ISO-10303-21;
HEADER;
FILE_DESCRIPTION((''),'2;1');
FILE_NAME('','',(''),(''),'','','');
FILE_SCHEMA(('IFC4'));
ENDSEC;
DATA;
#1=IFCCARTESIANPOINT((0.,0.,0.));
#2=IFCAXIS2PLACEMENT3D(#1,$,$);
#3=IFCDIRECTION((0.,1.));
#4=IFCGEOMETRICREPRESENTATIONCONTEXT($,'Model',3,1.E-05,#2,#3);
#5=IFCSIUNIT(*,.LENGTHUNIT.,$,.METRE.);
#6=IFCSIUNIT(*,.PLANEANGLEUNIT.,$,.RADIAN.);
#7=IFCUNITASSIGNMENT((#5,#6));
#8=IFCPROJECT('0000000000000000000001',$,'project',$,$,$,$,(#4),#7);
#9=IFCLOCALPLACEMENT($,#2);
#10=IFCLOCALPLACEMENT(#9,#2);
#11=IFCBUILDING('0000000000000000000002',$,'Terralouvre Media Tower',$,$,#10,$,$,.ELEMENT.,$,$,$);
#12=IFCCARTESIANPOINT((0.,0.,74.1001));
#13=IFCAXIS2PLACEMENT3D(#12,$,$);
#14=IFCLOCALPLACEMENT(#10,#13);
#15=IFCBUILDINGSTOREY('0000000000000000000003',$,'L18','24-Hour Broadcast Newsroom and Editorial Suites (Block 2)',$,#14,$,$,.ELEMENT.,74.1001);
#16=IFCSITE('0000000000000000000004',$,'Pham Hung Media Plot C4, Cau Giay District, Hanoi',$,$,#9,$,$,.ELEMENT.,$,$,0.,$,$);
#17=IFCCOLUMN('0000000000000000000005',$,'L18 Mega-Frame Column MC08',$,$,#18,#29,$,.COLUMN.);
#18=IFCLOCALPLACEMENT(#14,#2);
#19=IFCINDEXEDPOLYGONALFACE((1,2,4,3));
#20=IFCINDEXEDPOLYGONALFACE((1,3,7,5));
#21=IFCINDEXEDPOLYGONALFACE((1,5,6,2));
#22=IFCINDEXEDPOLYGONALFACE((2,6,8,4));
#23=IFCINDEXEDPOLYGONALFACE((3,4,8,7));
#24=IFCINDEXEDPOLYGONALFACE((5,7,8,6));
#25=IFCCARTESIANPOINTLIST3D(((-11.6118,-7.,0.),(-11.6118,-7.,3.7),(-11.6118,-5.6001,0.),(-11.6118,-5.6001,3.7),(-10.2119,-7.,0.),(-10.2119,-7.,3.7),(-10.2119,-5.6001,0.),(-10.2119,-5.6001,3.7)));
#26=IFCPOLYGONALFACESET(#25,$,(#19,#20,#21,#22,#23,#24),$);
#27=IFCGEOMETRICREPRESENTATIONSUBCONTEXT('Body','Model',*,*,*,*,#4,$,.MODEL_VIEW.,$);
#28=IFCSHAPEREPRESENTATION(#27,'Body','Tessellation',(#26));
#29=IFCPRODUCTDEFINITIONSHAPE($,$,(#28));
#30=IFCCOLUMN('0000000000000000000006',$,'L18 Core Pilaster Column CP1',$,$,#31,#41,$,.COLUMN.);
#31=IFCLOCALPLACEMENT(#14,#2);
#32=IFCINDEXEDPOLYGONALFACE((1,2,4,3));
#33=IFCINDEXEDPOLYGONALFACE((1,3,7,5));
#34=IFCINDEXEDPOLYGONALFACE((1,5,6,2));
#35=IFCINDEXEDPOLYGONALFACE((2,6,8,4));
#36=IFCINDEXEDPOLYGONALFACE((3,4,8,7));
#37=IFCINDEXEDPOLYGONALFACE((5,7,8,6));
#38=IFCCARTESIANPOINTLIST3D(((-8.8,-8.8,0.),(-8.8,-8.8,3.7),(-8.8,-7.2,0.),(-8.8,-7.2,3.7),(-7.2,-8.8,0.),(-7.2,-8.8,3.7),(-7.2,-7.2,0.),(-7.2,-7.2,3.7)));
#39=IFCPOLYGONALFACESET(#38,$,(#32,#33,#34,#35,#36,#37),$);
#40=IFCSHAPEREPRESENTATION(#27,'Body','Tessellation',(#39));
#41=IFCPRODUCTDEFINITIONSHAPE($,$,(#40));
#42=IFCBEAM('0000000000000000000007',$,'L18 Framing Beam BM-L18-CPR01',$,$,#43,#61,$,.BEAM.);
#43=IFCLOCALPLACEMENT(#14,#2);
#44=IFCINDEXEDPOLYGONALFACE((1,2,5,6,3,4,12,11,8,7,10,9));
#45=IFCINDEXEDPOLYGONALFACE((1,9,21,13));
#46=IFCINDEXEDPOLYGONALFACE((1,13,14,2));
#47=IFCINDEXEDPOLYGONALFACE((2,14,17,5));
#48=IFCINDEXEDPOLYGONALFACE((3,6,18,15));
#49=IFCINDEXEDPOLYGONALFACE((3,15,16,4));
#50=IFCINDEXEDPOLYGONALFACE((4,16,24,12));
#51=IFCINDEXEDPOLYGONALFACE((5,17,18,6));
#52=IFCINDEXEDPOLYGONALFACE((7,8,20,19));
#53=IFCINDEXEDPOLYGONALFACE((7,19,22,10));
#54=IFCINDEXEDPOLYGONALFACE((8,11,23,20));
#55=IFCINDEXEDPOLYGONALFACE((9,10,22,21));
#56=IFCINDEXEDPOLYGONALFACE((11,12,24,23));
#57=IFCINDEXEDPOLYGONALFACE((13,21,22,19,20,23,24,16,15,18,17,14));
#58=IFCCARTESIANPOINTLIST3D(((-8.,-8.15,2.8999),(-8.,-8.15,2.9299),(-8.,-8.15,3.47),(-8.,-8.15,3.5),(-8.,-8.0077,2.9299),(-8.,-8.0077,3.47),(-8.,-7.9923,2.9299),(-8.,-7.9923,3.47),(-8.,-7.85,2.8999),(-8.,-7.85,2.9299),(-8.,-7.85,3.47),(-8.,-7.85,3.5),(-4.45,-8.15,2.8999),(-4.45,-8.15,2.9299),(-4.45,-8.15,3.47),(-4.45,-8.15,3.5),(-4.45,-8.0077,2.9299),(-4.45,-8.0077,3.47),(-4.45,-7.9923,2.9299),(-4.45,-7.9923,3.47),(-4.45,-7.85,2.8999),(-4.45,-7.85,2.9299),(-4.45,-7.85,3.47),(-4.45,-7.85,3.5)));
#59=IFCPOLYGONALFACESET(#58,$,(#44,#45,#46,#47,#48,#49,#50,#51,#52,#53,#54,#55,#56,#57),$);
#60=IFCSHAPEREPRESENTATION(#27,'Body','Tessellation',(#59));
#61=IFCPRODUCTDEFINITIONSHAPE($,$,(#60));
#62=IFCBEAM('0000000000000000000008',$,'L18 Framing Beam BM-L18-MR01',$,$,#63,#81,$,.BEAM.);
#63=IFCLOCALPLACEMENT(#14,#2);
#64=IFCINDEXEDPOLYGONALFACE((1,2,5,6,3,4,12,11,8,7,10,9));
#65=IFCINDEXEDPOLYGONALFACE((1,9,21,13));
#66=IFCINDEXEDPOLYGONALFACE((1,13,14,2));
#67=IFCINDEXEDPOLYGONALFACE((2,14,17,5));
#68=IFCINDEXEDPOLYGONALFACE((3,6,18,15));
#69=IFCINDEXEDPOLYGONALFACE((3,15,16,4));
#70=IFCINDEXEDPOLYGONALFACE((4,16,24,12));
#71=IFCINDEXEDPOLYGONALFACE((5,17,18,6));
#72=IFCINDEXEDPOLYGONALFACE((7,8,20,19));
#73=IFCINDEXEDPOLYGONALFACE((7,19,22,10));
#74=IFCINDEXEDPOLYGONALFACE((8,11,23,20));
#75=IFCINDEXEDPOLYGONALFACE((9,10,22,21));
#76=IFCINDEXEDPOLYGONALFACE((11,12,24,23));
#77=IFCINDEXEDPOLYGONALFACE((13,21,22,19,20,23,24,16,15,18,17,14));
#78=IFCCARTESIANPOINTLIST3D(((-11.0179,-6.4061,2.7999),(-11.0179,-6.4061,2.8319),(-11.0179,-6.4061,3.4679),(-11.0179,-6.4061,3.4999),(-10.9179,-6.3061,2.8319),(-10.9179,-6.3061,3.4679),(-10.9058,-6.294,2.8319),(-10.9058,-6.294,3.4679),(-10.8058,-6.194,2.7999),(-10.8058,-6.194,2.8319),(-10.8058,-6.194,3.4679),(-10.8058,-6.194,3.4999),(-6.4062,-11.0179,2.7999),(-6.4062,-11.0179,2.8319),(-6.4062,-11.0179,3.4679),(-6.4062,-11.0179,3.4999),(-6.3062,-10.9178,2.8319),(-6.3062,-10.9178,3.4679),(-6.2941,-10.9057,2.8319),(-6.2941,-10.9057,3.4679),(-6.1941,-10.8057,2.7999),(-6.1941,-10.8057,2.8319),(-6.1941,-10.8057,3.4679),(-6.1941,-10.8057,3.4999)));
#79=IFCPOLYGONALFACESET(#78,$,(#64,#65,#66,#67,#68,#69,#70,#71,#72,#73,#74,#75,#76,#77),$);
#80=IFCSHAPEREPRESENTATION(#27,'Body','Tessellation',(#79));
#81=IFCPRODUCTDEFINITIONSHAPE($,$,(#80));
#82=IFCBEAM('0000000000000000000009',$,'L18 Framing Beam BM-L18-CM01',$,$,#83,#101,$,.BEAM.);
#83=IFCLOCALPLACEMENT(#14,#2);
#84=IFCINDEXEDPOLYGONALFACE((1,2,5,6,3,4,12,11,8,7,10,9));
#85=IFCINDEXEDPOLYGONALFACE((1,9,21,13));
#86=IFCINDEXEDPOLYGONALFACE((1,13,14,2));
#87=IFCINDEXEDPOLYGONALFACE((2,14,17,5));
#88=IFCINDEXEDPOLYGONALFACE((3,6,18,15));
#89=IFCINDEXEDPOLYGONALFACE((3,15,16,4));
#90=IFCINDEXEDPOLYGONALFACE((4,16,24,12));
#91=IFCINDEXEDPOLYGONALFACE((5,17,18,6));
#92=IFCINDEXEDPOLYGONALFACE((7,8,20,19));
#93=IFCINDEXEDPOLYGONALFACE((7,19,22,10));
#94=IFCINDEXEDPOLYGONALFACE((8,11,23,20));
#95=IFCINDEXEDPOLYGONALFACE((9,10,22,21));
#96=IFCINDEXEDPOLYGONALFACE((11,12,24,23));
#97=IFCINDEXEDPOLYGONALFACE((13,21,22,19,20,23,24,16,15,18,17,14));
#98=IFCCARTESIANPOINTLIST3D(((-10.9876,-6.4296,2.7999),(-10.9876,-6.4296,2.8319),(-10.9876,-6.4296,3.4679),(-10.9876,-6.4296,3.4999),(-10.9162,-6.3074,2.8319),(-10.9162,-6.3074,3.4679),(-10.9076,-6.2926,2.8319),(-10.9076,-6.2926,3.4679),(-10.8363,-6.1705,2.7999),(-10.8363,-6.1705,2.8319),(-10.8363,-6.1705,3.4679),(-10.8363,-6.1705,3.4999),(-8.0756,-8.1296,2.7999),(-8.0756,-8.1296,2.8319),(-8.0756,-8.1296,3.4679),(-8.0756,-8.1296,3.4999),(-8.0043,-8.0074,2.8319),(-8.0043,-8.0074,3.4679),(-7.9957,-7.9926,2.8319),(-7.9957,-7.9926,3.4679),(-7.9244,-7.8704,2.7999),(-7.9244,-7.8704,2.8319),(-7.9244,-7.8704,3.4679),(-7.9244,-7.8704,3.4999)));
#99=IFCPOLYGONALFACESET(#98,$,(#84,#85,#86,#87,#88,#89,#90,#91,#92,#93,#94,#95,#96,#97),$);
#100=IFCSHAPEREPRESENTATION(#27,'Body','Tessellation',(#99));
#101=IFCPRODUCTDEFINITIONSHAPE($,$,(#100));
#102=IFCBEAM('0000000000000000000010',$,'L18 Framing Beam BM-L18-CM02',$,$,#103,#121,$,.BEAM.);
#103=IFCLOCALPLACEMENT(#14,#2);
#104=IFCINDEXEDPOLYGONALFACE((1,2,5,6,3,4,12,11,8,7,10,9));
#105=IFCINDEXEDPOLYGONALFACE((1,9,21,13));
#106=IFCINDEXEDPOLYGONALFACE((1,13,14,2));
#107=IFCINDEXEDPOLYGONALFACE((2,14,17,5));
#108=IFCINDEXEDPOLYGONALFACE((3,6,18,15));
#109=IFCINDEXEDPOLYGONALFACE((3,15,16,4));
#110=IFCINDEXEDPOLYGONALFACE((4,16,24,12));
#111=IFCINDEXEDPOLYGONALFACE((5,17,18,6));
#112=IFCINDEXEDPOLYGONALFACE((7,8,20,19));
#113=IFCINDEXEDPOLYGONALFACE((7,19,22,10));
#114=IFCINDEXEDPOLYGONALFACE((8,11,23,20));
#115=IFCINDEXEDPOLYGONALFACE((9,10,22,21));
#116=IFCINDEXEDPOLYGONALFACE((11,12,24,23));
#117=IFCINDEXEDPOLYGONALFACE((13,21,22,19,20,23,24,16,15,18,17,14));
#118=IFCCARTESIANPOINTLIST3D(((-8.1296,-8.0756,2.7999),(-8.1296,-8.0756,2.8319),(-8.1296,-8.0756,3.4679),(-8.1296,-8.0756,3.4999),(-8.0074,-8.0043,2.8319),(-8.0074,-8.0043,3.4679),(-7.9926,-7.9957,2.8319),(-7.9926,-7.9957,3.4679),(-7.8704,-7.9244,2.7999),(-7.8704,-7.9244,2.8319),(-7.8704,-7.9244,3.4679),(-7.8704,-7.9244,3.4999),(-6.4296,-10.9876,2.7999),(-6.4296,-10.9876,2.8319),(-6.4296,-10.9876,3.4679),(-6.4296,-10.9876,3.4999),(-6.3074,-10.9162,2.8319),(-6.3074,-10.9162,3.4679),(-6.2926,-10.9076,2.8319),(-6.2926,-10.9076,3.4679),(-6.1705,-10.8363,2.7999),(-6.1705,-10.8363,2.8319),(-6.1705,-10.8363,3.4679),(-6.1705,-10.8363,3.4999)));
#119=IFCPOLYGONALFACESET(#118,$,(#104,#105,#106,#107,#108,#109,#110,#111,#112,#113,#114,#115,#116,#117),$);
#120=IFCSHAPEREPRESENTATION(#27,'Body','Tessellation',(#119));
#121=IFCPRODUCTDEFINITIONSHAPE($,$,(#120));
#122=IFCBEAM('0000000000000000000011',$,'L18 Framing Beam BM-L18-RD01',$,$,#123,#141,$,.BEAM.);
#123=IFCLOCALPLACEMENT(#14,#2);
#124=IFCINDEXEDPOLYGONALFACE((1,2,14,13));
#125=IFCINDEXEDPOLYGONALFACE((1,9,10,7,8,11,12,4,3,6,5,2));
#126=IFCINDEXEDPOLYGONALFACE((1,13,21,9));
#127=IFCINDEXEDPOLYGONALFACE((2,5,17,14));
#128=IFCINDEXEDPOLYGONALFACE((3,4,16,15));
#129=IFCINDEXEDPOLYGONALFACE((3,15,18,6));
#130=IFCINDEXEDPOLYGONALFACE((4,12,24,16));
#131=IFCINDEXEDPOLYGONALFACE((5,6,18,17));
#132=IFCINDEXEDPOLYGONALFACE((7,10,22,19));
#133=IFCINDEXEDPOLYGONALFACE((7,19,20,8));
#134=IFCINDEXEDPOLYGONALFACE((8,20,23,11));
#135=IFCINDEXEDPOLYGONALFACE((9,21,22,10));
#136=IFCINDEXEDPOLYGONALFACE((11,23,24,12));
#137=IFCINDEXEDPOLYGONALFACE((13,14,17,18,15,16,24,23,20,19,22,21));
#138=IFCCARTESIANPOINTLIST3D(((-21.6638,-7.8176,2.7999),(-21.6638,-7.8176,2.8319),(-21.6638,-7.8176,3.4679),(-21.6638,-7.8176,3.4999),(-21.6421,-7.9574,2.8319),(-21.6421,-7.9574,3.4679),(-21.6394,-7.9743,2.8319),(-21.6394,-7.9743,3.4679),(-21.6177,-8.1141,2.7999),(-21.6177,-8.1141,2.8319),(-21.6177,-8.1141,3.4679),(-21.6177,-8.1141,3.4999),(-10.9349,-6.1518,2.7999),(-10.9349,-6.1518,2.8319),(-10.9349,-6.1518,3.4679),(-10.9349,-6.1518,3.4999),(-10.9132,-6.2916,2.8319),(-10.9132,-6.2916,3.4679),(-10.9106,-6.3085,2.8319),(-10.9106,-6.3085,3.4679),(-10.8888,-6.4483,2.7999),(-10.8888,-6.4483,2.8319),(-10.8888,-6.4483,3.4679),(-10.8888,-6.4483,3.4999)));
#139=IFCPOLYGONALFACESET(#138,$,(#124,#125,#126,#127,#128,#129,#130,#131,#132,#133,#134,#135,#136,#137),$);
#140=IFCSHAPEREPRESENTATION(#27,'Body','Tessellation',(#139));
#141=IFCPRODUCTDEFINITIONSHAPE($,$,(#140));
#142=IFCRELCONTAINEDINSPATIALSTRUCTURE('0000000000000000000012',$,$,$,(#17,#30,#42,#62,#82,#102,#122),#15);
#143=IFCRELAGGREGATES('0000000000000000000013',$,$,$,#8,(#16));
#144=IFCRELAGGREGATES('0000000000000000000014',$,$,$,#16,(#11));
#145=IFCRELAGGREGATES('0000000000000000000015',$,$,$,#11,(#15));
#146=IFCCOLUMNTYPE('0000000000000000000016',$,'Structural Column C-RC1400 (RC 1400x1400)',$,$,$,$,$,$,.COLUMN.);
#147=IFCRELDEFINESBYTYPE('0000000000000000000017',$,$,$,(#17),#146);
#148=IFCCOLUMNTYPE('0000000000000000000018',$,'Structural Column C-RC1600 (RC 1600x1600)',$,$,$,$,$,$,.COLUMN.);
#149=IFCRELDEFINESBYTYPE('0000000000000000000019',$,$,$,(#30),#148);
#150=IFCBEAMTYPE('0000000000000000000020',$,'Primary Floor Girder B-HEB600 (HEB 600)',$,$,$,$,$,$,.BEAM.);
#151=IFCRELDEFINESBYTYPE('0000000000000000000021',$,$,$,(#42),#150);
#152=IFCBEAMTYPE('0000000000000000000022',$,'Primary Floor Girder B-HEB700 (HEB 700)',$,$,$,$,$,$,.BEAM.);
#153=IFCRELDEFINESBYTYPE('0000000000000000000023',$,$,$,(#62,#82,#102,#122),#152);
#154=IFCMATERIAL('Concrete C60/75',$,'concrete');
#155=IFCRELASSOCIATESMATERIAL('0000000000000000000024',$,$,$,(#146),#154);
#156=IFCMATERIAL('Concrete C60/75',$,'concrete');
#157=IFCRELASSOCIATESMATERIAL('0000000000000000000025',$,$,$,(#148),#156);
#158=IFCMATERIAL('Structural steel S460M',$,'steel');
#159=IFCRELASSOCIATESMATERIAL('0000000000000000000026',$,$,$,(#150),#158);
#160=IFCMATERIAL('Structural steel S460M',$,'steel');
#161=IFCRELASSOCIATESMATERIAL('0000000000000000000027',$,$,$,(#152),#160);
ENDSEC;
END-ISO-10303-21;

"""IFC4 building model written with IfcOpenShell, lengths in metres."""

from ifc_helpers import new_model, si_unit, direction, frame, origin, origin_2d, place, context, subcontext, project, spatial, rectangle, i_section, extrude, material, material_profile, profile_set, type_object, element, save


model = new_model("IFC4")

# Units and contexts
model_context = context("Model", 3, precision=1e-05, world=origin(), true_north=direction((0.0, 1.0)))
body_context = subcontext(model_context, "Body", "Model", "MODEL_VIEW")
ifc_project = project(units=[si_unit("LENGTHUNIT", "METRE"), si_unit("PLANEANGLEUNIT", "RADIAN")], contexts=[model_context])

# Site, building, storey
site_placement = place(None, origin())
site = spatial("IfcSite", under=ifc_project, at=site_placement, Name="Pham Hung Media Plot C4, Cau Giay District, Hanoi", CompositionType="ELEMENT", RefElevation=0.0)
building_placement = place(site_placement, origin())
building = spatial("IfcBuilding", under=site, at=building_placement, Name="Terralouvre Media Tower", CompositionType="ELEMENT")
storey_placement = place(building_placement, frame((0.0, 0.0, 74.1001)))
storey = spatial("IfcBuildingStorey", under=building, at=storey_placement, Name="L18", Description="24-Hour Broadcast Newsroom and Editorial Suites (Block 2)", CompositionType="ELEMENT", Elevation=74.1001)

# Columns
ifc_material_1 = material(Name="Concrete C60/75", Category="concrete")
ifc_material_profile_1 = material_profile(ifc_material_1, rectangle(XDim=1.3999, YDim=1.3999, at=origin_2d()), Name="RC 1400x1400")
ifc_profile_set_1 = profile_set([ifc_material_profile_1], Name="Concrete C60/75")
column_type_1 = type_object("IfcColumnType", Name="Structural Column C-RC1400 (RC 1400x1400)", PredefinedType="COLUMN", material=ifc_profile_set_1)
column_1_placement = place(storey_placement, frame((-10.9119, -6.3, 0.0), z_axis=(0.0, 0.0, 1.0), x_axis=(1.0, 0.0, 0.0)))
element("IfcColumn", 1, at=column_1_placement, inside=storey, type_object=column_type_1, Name="L18 Mega-Frame Column MC08", PredefinedType="COLUMN", context=body_context, shape_type="SweptSolid", body=[
    extrude(rectangle(XDim=1.3999, YDim=1.3999, at=origin_2d()), origin(), (0.0, 0.0, 1.0), 3.7),
])
ifc_material_2 = material(Name="Concrete C60/75", Category="concrete")
ifc_material_profile_2 = material_profile(ifc_material_2, rectangle(XDim=1.6001, YDim=1.6001, at=origin_2d()), Name="RC 1600x1600")
ifc_profile_set_2 = profile_set([ifc_material_profile_2], Name="Concrete C60/75")
column_type_2 = type_object("IfcColumnType", Name="Structural Column C-RC1600 (RC 1600x1600)", PredefinedType="COLUMN", material=ifc_profile_set_2)
column_2_placement = place(storey_placement, frame((-8.0, -8.0, 0.0), z_axis=(0.0, 0.0, 1.0), x_axis=(1.0, 0.0, 0.0)))
element("IfcColumn", 2, at=column_2_placement, inside=storey, type_object=column_type_2, Name="L18 Core Pilaster Column CP1", PredefinedType="COLUMN", context=body_context, shape_type="SweptSolid", body=[
    extrude(rectangle(XDim=1.6001, YDim=1.6001, at=origin_2d()), origin(), (0.0, 0.0, 1.0), 3.7),
])

# Beams
ifc_material_3 = material(Name="Structural steel S460M", Category="steel")
ifc_material_profile_3 = material_profile(ifc_material_3, i_section(OverallWidth=0.3, OverallDepth=0.6001, WebThickness=0.0154, FlangeThickness=0.03, at=origin_2d()), Name="HEB 600")
ifc_profile_set_3 = profile_set([ifc_material_profile_3], Name="Structural steel S460M")
beam_type_1 = type_object("IfcBeamType", Name="Primary Floor Girder B-HEB600 (HEB 600)", PredefinedType="BEAM", material=ifc_profile_set_3)
beam_1_placement = place(storey_placement, frame((-8.0, -8.0, 3.2), z_axis=(1.0, 0.0, 0.0), x_axis=(0.0, 1.0, 0.0)))
element("IfcBeam", 3, at=beam_1_placement, inside=storey, type_object=beam_type_1, Name="L18 Framing Beam BM-L18-CPR01", PredefinedType="BEAM", context=body_context, shape_type="SweptSolid", body=[
    extrude(i_section(OverallWidth=0.3, OverallDepth=0.6001, WebThickness=0.0154, FlangeThickness=0.03, at=origin_2d()), origin(), (0.0, 0.0, 1.0), 3.55),
])
ifc_material_4 = material(Name="Structural steel S460M", Category="steel")
ifc_material_profile_4 = material_profile(ifc_material_4, i_section(OverallWidth=0.3, OverallDepth=0.7, WebThickness=0.0171, FlangeThickness=0.032, at=origin_2d()), Name="HEB 700")
ifc_profile_set_4 = profile_set([ifc_material_profile_4], Name="Structural steel S460M")
beam_type_2 = type_object("IfcBeamType", Name="Primary Floor Girder B-HEB700 (HEB 700)", PredefinedType="BEAM", material=ifc_profile_set_4)
beam_2_placement = place(storey_placement, frame((-10.9119, -6.3, 3.1499), z_axis=(0.707107, -0.707107, 0.0), x_axis=(0.707107, 0.707107, 0.0)))
element("IfcBeam", 4, at=beam_2_placement, inside=storey, type_object=beam_type_2, Name="L18 Framing Beam BM-L18-MR01", PredefinedType="BEAM", context=body_context, shape_type="SweptSolid", body=[
    extrude(i_section(OverallWidth=0.3, OverallDepth=0.7, WebThickness=0.0171, FlangeThickness=0.032, at=origin_2d()), origin(), (0.0, 0.0, 1.0), 6.522),
])
for number, where, z_axis, x_axis, name in (
    (5, (-8.0, -8.0, 3.1499), (-0.863603, 0.504173, 0.0), (-0.504173, -0.863603, 0.0), "L18 Framing Beam BM-L18-CM01"),
    (6, (-8.0, -8.0, 3.1499), (0.504173, -0.863603, 0.0), (0.863603, 0.504173, 0.0), "L18 Framing Beam BM-L18-CM02"),
):
    element("IfcBeam", number, at=place(storey_placement, frame(where, z_axis=z_axis, x_axis=x_axis)), inside=storey, type_object=beam_type_2, Name=name, PredefinedType="BEAM", context=body_context, shape_type="SweptSolid", body=[
        extrude(i_section(OverallWidth=0.3, OverallDepth=0.7, WebThickness=0.0171, FlangeThickness=0.032, at=origin_2d()), origin(), (0.0, 0.0, 1.0), 3.3718),
    ])
beam_3_placement = place(storey_placement, frame((-10.9119, -6.3, 3.1499), z_axis=(-0.98816, -0.153424, 0.0), x_axis=(0.153424, -0.98816, 0.0)))
element("IfcBeam", 7, at=beam_3_placement, inside=storey, type_object=beam_type_2, Name="L18 Framing Beam BM-L18-RD01", PredefinedType="BEAM", context=body_context, shape_type="SweptSolid", body=[
    extrude(i_section(OverallWidth=0.3, OverallDepth=0.7, WebThickness=0.0171, FlangeThickness=0.032, at=origin_2d()), origin(), (0.0, 0.0, 1.0), 10.8574),
])

save(model, "model.ifc")
